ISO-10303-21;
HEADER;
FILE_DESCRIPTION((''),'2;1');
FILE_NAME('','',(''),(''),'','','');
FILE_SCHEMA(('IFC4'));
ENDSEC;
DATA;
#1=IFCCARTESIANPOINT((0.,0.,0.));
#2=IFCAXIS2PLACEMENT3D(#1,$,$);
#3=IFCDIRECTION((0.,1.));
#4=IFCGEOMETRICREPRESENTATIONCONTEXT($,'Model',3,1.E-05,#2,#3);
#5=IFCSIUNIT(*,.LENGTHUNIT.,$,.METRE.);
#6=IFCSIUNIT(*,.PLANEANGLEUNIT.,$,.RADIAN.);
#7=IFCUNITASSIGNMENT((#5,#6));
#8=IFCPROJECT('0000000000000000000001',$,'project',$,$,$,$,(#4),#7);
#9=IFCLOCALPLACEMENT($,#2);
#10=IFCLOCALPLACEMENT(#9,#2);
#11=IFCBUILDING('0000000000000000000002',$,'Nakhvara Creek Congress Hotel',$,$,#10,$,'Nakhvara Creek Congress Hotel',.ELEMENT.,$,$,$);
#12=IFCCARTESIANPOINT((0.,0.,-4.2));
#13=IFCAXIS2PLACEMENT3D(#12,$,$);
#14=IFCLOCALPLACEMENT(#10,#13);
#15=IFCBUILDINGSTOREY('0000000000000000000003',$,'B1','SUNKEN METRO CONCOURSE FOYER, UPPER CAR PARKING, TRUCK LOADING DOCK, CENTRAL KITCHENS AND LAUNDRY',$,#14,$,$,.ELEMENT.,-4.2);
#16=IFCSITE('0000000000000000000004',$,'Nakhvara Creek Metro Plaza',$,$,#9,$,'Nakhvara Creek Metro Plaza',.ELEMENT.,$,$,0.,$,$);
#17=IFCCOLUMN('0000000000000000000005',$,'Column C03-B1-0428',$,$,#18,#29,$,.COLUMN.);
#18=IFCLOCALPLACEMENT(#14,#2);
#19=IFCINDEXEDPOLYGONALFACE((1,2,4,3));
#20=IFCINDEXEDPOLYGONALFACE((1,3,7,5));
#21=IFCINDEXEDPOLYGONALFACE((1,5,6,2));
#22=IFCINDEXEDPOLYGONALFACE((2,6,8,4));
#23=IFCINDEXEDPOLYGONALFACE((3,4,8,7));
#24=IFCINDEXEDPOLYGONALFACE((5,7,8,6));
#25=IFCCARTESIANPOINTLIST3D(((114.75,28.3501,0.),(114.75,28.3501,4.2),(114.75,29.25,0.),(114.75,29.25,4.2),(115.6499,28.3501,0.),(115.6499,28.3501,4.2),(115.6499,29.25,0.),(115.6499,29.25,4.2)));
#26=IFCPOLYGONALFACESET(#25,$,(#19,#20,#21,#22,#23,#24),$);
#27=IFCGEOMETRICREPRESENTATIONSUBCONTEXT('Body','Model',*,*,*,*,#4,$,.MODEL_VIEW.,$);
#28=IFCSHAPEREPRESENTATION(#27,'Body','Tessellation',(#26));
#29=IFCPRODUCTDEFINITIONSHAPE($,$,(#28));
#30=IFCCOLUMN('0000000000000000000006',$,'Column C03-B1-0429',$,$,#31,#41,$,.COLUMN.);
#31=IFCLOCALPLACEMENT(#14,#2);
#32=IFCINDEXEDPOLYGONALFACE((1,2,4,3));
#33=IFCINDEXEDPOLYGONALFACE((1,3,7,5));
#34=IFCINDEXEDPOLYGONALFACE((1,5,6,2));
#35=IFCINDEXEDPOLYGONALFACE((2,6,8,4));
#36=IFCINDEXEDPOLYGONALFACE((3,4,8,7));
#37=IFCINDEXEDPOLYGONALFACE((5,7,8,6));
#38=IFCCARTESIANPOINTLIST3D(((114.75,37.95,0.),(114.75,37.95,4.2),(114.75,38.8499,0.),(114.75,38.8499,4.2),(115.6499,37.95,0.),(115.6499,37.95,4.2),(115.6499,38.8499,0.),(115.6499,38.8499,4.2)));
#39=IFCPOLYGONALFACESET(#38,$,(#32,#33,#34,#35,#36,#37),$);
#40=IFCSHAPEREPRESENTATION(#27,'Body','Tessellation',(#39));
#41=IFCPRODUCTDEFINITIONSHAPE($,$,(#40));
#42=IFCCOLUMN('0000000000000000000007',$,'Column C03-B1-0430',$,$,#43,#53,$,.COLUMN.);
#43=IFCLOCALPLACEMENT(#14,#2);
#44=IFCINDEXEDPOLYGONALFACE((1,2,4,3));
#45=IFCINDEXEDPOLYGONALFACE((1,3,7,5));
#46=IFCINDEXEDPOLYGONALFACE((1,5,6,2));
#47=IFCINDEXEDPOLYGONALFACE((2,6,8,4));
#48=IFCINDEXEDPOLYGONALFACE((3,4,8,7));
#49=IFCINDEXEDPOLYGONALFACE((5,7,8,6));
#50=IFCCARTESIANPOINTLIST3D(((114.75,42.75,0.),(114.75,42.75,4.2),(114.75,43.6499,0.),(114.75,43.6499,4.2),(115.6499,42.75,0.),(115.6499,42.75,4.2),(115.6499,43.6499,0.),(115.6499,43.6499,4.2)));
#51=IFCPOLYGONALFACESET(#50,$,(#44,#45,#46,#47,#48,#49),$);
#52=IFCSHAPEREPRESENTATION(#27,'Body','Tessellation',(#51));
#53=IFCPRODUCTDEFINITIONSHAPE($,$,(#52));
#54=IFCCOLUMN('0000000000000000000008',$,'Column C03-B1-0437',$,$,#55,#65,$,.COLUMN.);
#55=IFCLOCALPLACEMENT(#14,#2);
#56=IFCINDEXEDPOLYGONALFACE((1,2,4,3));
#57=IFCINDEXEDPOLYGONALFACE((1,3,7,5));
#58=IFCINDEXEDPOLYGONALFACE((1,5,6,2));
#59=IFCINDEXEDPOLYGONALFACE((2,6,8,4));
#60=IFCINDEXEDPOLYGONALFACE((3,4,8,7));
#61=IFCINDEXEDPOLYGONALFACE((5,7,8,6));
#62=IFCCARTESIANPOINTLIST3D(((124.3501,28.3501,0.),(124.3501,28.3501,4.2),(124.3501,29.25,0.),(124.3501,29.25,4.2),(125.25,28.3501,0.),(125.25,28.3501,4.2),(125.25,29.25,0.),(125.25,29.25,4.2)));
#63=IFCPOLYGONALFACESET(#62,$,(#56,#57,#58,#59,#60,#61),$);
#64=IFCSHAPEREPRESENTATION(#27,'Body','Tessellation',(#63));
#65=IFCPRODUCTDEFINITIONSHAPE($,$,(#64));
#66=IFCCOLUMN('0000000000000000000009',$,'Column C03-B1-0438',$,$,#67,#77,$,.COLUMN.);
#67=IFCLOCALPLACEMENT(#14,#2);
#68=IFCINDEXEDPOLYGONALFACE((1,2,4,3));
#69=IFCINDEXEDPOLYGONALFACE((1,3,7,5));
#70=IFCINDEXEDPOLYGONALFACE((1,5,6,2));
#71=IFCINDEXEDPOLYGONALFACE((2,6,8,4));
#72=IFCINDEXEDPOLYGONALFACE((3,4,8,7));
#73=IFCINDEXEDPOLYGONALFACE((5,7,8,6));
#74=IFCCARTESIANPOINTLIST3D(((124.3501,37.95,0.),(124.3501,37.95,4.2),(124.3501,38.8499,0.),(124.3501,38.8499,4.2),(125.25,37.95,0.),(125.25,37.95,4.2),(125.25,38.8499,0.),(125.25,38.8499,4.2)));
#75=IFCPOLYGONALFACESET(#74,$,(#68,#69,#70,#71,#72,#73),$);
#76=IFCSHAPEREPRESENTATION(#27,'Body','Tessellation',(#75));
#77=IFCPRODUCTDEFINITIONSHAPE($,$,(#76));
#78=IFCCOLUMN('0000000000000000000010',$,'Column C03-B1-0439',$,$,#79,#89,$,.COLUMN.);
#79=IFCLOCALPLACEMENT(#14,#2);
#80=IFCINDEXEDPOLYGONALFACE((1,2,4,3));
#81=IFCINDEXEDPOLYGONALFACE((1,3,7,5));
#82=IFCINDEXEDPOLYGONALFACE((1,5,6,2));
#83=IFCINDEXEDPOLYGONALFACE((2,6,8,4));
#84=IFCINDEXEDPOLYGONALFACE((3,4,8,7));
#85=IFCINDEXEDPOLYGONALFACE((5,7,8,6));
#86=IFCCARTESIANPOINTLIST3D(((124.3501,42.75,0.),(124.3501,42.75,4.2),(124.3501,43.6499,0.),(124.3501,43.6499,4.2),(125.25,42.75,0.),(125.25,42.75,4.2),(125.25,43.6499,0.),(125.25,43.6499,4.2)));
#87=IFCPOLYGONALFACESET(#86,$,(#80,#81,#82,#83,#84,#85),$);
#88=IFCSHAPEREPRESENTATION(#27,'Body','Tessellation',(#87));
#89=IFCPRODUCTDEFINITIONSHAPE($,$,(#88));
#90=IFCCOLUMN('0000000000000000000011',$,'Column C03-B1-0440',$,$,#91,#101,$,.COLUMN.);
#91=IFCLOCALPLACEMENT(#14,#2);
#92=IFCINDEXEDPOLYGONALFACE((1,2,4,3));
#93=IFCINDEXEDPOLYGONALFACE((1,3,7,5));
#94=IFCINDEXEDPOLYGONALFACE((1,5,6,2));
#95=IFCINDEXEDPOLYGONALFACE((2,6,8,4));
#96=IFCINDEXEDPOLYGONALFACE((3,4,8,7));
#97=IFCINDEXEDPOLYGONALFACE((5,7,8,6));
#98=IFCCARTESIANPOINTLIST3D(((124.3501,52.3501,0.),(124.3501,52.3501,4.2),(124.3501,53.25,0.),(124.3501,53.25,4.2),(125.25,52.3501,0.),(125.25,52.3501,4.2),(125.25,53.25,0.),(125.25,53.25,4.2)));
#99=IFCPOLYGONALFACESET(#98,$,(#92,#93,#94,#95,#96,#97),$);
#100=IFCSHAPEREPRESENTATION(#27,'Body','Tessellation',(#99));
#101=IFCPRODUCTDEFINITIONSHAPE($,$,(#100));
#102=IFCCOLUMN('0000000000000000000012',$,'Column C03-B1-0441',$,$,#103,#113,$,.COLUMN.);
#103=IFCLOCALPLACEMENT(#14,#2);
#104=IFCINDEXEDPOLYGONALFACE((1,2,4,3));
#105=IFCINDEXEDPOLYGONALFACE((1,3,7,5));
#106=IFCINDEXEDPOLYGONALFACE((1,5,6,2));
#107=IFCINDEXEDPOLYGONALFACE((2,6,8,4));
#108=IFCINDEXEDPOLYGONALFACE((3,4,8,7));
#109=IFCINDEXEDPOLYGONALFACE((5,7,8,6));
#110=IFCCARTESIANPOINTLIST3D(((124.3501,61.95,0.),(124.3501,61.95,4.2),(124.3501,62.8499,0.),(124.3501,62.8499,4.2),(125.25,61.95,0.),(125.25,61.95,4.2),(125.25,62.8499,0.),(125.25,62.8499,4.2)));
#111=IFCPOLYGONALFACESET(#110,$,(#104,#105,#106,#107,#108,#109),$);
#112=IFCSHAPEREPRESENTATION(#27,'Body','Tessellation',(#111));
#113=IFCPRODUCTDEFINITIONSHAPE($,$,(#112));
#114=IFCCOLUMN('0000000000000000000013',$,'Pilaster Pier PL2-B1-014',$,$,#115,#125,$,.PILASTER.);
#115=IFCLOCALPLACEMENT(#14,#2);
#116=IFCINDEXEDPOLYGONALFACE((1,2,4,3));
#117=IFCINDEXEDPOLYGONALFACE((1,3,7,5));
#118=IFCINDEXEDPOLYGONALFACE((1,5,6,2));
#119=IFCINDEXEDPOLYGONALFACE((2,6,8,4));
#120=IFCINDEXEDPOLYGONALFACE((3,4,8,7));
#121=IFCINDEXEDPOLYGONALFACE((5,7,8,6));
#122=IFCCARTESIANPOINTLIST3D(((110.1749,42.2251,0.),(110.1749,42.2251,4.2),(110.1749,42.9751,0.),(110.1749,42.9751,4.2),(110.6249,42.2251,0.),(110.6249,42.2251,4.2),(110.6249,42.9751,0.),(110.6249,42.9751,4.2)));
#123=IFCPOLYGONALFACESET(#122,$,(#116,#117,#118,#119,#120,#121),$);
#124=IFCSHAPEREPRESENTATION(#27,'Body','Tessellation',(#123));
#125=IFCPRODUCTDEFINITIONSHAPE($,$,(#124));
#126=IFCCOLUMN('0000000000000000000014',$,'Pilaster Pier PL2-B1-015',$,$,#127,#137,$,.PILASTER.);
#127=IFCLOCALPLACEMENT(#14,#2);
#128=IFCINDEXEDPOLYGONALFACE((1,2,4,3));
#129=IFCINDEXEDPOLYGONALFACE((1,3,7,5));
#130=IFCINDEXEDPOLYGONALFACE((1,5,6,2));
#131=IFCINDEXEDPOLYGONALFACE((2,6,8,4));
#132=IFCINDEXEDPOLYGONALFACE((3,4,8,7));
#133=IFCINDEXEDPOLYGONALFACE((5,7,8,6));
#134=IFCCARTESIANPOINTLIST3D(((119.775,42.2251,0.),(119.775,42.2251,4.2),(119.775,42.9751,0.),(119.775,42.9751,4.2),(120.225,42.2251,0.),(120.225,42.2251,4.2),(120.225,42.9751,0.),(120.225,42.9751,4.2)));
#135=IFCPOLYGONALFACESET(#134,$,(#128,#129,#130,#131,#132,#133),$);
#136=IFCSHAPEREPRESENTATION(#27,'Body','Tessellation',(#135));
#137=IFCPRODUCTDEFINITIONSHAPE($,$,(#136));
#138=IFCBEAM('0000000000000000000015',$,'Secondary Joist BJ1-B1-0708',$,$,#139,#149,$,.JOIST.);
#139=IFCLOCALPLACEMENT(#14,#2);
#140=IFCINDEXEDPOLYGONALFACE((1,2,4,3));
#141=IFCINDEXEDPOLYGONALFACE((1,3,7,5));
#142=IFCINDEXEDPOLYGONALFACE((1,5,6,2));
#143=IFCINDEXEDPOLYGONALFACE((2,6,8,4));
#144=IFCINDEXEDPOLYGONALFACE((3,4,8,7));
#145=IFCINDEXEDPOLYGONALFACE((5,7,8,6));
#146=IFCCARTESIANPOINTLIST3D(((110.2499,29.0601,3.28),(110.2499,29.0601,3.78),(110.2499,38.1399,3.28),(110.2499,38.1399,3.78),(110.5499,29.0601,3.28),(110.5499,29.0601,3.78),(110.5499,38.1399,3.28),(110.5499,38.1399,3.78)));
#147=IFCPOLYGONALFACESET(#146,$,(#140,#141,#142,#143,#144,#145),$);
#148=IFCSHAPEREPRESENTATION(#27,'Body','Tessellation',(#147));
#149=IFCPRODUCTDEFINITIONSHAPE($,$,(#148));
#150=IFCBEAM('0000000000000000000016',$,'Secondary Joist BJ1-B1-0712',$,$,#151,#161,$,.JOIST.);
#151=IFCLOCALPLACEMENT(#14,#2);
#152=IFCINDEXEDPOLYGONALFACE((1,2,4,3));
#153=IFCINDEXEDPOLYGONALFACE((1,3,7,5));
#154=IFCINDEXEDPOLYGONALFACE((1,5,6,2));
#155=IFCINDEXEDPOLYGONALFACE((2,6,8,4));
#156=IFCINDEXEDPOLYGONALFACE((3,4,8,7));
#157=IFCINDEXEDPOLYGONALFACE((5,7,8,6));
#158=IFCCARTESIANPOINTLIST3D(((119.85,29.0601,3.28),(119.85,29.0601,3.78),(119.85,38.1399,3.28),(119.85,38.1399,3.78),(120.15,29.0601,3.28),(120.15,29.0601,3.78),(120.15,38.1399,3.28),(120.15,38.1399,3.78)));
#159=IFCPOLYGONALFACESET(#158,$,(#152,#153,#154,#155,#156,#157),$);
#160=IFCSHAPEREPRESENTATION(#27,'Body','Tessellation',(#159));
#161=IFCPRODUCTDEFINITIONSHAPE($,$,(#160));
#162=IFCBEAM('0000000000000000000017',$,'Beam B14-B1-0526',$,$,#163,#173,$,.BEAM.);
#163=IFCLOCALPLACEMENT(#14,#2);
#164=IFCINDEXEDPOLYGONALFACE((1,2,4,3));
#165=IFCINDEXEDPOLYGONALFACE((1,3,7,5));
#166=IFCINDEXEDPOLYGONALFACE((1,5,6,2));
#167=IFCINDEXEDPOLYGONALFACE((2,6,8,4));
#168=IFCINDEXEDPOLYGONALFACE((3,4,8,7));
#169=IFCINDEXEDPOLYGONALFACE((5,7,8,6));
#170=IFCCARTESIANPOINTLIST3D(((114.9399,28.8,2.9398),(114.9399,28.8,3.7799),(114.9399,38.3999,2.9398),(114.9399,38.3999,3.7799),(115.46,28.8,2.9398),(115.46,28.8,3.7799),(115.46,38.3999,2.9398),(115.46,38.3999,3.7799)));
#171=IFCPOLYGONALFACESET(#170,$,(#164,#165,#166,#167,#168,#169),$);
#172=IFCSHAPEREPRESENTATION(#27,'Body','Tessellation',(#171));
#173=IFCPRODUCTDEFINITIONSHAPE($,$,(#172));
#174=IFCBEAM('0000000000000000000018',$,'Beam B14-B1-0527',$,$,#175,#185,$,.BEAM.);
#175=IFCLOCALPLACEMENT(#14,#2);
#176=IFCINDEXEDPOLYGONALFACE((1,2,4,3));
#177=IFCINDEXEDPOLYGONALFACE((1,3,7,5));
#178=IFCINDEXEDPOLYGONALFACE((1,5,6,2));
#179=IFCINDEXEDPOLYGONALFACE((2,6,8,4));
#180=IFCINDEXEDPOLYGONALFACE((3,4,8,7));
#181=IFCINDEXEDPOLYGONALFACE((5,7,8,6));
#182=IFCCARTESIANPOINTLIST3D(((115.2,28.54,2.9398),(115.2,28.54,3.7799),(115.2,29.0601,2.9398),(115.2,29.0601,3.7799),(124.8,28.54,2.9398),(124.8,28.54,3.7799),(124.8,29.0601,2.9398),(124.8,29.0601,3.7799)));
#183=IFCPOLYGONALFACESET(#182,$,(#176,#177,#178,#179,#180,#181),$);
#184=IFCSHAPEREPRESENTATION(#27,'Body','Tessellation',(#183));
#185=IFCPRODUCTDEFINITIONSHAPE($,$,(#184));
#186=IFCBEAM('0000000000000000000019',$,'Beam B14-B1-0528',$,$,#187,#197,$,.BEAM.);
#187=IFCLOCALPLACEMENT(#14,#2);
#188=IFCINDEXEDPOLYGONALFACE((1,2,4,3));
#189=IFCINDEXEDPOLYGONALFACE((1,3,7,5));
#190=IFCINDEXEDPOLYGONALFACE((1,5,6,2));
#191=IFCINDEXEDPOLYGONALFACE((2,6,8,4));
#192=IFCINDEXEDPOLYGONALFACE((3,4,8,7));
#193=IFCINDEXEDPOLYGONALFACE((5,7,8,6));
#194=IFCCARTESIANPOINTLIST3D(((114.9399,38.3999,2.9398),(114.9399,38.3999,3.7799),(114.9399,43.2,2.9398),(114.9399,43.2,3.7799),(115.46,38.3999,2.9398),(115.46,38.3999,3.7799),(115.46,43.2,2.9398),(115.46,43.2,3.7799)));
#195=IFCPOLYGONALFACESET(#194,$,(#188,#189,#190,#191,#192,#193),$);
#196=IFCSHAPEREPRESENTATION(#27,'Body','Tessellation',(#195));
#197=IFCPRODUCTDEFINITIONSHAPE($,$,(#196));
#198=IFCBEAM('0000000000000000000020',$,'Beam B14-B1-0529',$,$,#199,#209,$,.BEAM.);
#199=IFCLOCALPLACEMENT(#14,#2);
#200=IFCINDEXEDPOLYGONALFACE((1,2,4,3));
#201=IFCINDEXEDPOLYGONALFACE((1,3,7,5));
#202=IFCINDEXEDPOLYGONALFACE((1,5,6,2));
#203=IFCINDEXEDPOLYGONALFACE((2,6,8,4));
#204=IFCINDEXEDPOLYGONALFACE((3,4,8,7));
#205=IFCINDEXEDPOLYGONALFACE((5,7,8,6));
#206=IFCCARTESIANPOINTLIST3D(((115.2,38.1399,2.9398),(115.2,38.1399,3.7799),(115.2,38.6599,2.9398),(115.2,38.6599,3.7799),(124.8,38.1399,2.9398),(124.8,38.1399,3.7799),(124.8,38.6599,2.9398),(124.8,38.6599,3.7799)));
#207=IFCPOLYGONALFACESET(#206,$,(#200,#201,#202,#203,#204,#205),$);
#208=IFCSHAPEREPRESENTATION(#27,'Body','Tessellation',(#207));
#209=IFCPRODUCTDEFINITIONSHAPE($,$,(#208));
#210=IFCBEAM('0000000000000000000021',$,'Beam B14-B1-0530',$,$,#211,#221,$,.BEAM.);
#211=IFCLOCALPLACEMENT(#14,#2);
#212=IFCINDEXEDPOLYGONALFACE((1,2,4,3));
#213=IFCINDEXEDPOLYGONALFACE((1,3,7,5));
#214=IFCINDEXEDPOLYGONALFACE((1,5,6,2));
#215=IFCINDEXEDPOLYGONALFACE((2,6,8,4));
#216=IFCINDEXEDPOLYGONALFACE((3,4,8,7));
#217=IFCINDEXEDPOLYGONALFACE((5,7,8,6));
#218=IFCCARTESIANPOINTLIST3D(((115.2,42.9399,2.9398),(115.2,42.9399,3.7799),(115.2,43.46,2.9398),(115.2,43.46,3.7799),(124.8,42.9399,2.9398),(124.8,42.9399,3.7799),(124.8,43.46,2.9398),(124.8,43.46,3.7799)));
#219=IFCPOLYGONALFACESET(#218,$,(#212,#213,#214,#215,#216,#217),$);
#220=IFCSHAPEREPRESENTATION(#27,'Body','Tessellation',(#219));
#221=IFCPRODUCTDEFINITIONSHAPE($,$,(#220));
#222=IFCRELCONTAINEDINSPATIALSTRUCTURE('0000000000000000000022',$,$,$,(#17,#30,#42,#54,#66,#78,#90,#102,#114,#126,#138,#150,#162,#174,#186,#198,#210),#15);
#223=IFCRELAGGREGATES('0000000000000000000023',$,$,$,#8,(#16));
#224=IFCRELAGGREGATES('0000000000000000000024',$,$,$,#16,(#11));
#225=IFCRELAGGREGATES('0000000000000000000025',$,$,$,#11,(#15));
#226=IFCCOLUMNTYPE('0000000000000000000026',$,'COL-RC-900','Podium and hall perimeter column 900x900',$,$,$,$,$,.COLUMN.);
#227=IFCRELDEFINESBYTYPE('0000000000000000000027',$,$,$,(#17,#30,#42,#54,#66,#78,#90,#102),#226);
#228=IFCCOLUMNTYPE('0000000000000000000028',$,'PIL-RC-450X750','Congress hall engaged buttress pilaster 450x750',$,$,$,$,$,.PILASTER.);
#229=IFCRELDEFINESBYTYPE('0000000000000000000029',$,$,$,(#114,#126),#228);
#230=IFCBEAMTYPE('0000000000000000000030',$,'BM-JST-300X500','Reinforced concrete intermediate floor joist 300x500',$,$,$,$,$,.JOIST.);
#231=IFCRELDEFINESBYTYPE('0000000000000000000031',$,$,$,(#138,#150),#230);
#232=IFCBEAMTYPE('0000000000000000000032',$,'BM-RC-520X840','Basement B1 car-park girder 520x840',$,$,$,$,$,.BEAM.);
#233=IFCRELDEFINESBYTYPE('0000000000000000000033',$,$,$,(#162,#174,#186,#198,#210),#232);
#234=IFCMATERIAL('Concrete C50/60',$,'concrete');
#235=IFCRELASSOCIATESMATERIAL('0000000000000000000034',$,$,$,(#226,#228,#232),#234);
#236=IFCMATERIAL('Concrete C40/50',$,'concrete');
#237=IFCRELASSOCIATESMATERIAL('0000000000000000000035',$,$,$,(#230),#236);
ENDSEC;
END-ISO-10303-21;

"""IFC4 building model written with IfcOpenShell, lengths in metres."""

from ifc_helpers import new_model, si_unit, direction, frame, origin, origin_2d, place, context, subcontext, project, spatial, rectangle, extrude, material, material_profile, profile_set, type_object, element, save


model = new_model("IFC4")

# Units and contexts
model_context = context("Model", 3, precision=1e-05, world=origin(), true_north=direction((0.0, 1.0)))
body_context = subcontext(model_context, "Body", "Model", "MODEL_VIEW")
ifc_project = project(units=[si_unit("LENGTHUNIT", "METRE"), si_unit("PLANEANGLEUNIT", "RADIAN")], contexts=[model_context])

# Site, building, storey
site_placement = place(None, origin())
site = spatial("IfcSite", under=ifc_project, at=site_placement, Name="Nakhvara Creek Metro Plaza", LongName="Nakhvara Creek Metro Plaza", CompositionType="ELEMENT", RefElevation=0.0)
building_placement = place(site_placement, origin())
building = spatial("IfcBuilding", under=site, at=building_placement, Name="Nakhvara Creek Congress Hotel", LongName="Nakhvara Creek Congress Hotel", CompositionType="ELEMENT")
storey_placement = place(building_placement, frame((0.0, 0.0, -4.2)))
storey = spatial("IfcBuildingStorey", under=building, at=storey_placement, Name="B1", Description="SUNKEN METRO CONCOURSE FOYER, UPPER CAR PARKING, TRUCK LOADING DOCK, CENTRAL KITCHENS AND LAUNDRY", CompositionType="ELEMENT", Elevation=-4.2)

# Columns
ifc_material_1 = material(Name="Concrete C50/60", Category="concrete")
ifc_material_profile_1 = material_profile(ifc_material_1, rectangle(XDim=0.8999, YDim=0.8999, at=origin_2d()), Name="RC-COL 900x900", Category="LoadBearing")
ifc_profile_set_1 = profile_set([ifc_material_profile_1], Name="Concrete C50/60")
column_type_1 = type_object("IfcColumnType", Name="COL-RC-900", Description="Podium and hall perimeter column 900x900", PredefinedType="COLUMN", material=ifc_profile_set_1)
for number, where, z_axis, x_axis, name in (
    (1, (115.2, 28.8, 0.0), (0.0, 0.0, 1.0), (1.0, 0.0, 0.0), "Column C03-B1-0428"),
    (2, (115.2, 38.3999, 0.0), (0.0, 0.0, 1.0), (1.0, 0.0, 0.0), "Column C03-B1-0429"),
    (3, (115.2, 43.2, 0.0), (0.0, 0.0, 1.0), (1.0, 0.0, 0.0), "Column C03-B1-0430"),
    (4, (124.8, 28.8, 0.0), (0.0, 0.0, 1.0), (1.0, 0.0, 0.0), "Column C03-B1-0437"),
    (5, (124.8, 38.3999, 0.0), (0.0, 0.0, 1.0), (1.0, 0.0, 0.0), "Column C03-B1-0438"),
    (6, (124.8, 43.2, 0.0), (0.0, 0.0, 1.0), (1.0, 0.0, 0.0), "Column C03-B1-0439"),
    (7, (124.8, 52.8, 0.0), (0.0, 0.0, 1.0), (1.0, 0.0, 0.0), "Column C03-B1-0440"),
    (8, (124.8, 62.3999, 0.0), (0.0, 0.0, 1.0), (1.0, 0.0, 0.0), "Column C03-B1-0441"),
):
    element("IfcColumn", number, at=place(storey_placement, frame(where, z_axis=z_axis, x_axis=x_axis)), inside=storey, type_object=column_type_1, Name=name, PredefinedType="COLUMN", context=body_context, shape_type="SweptSolid", body=[
        extrude(rectangle(XDim=0.8999, YDim=0.8999, at=origin_2d()), origin(), (0.0, 0.0, 1.0), 4.2),
    ])
ifc_material_profile_2 = material_profile(ifc_material_1, rectangle(XDim=0.45, YDim=0.75, at=origin_2d()), Name="RC-PIL 450x750", Category="LoadBearing")
ifc_profile_set_2 = profile_set([ifc_material_profile_2], Name="Concrete C50/60")
column_type_2 = type_object("IfcColumnType", Name="PIL-RC-450X750", Description="Congress hall engaged buttress pilaster 450x750", PredefinedType="PILASTER", material=ifc_profile_set_2)
for number, where, z_axis, x_axis, name in (
    (9, (110.3999, 42.6001, 0.0), (0.0, 0.0, 1.0), (1.0, 0.0, 0.0), "Pilaster Pier PL2-B1-014"),
    (10, (120.0, 42.6001, 0.0), (0.0, 0.0, 1.0), (1.0, 0.0, 0.0), "Pilaster Pier PL2-B1-015"),
):
    element("IfcColumn", number, at=place(storey_placement, frame(where, z_axis=z_axis, x_axis=x_axis)), inside=storey, type_object=column_type_2, Name=name, PredefinedType="PILASTER", context=body_context, shape_type="SweptSolid", body=[
        extrude(rectangle(XDim=0.45, YDim=0.75, at=origin_2d()), origin(), (0.0, 0.0, 1.0), 4.2),
    ])

# Beams
ifc_material_2 = material(Name="Concrete C40/50", Category="concrete")
ifc_material_profile_3 = material_profile(ifc_material_2, rectangle(XDim=0.3, YDim=0.5, at=origin_2d()), Name="RC-BM 300x500", Category="LoadBearing")
ifc_profile_set_3 = profile_set([ifc_material_profile_3], Name="Concrete C40/50")
beam_type_1 = type_object("IfcBeamType", Name="BM-JST-300X500", Description="Reinforced concrete intermediate floor joist 300x500", PredefinedType="JOIST", material=ifc_profile_set_3)
for number, where, z_axis, x_axis, name in (
    (11, (110.3999, 29.0601, 3.53), (0.0, 1.0, 0.0), (-1.0, 0.0, 0.0), "Secondary Joist BJ1-B1-0708"),
    (12, (120.0, 29.0601, 3.53), (0.0, 1.0, 0.0), (-1.0, 0.0, 0.0), "Secondary Joist BJ1-B1-0712"),
):
    element("IfcBeam", number, at=place(storey_placement, frame(where, z_axis=z_axis, x_axis=x_axis)), inside=storey, type_object=beam_type_1, Name=name, PredefinedType="JOIST", context=body_context, shape_type="SweptSolid", body=[
        extrude(rectangle(XDim=0.3, YDim=0.5, at=origin_2d()), origin(), (0.0, 0.0, 1.0), 9.0798),
    ])
ifc_material_profile_4 = material_profile(ifc_material_1, rectangle(XDim=0.52, YDim=0.8401, at=origin_2d()), Name="RC-BM 520x840", Category="LoadBearing")
ifc_profile_set_4 = profile_set([ifc_material_profile_4], Name="Concrete C50/60")
beam_type_2 = type_object("IfcBeamType", Name="BM-RC-520X840", Description="Basement B1 car-park girder 520x840", PredefinedType="BEAM", material=ifc_profile_set_4)
beam_1_placement = place(storey_placement, frame((115.2, 28.8, 3.3599), z_axis=(0.0, 1.0, 0.0), x_axis=(-1.0, 0.0, 0.0)))
element("IfcBeam", 13, at=beam_1_placement, inside=storey, type_object=beam_type_2, Name="Beam B14-B1-0526", PredefinedType="BEAM", context=body_context, shape_type="SweptSolid", body=[
    extrude(rectangle(XDim=0.52, YDim=0.8401, at=origin_2d()), origin(), (0.0, 0.0, 1.0), 9.5999),
])
beam_2_placement = place(storey_placement, frame((115.2, 28.8, 3.3599), z_axis=(1.0, 0.0, 0.0), x_axis=(0.0, 1.0, 0.0)))
element("IfcBeam", 14, at=beam_2_placement, inside=storey, type_object=beam_type_2, Name="Beam B14-B1-0527", PredefinedType="BEAM", context=body_context, shape_type="SweptSolid", body=[
    extrude(rectangle(XDim=0.52, YDim=0.8401, at=origin_2d()), origin(), (0.0, 0.0, 1.0), 9.6001),
])
beam_3_placement = place(storey_placement, frame((115.2, 38.3999, 3.3599), z_axis=(0.0, 1.0, 0.0), x_axis=(-1.0, 0.0, 0.0)))
element("IfcBeam", 15, at=beam_3_placement, inside=storey, type_object=beam_type_2, Name="Beam B14-B1-0528", PredefinedType="BEAM", context=body_context, shape_type="SweptSolid", body=[
    extrude(rectangle(XDim=0.52, YDim=0.8401, at=origin_2d()), origin(), (0.0, 0.0, 1.0), 4.8),
])
for number, where, z_axis, x_axis, name in (
    (16, (115.2, 38.3999, 3.3599), (1.0, 0.0, 0.0), (0.0, 1.0, 0.0), "Beam B14-B1-0529"),
    (17, (115.2, 43.2, 3.3599), (1.0, 0.0, 0.0), (0.0, 1.0, 0.0), "Beam B14-B1-0530"),
):
    element("IfcBeam", number, at=place(storey_placement, frame(where, z_axis=z_axis, x_axis=x_axis)), inside=storey, type_object=beam_type_2, Name=name, PredefinedType="BEAM", context=body_context, shape_type="SweptSolid", body=[
        extrude(rectangle(XDim=0.52, YDim=0.8401, at=origin_2d()), origin(), (0.0, 0.0, 1.0), 9.6001),
    ])

save(model, "model.ifc")
